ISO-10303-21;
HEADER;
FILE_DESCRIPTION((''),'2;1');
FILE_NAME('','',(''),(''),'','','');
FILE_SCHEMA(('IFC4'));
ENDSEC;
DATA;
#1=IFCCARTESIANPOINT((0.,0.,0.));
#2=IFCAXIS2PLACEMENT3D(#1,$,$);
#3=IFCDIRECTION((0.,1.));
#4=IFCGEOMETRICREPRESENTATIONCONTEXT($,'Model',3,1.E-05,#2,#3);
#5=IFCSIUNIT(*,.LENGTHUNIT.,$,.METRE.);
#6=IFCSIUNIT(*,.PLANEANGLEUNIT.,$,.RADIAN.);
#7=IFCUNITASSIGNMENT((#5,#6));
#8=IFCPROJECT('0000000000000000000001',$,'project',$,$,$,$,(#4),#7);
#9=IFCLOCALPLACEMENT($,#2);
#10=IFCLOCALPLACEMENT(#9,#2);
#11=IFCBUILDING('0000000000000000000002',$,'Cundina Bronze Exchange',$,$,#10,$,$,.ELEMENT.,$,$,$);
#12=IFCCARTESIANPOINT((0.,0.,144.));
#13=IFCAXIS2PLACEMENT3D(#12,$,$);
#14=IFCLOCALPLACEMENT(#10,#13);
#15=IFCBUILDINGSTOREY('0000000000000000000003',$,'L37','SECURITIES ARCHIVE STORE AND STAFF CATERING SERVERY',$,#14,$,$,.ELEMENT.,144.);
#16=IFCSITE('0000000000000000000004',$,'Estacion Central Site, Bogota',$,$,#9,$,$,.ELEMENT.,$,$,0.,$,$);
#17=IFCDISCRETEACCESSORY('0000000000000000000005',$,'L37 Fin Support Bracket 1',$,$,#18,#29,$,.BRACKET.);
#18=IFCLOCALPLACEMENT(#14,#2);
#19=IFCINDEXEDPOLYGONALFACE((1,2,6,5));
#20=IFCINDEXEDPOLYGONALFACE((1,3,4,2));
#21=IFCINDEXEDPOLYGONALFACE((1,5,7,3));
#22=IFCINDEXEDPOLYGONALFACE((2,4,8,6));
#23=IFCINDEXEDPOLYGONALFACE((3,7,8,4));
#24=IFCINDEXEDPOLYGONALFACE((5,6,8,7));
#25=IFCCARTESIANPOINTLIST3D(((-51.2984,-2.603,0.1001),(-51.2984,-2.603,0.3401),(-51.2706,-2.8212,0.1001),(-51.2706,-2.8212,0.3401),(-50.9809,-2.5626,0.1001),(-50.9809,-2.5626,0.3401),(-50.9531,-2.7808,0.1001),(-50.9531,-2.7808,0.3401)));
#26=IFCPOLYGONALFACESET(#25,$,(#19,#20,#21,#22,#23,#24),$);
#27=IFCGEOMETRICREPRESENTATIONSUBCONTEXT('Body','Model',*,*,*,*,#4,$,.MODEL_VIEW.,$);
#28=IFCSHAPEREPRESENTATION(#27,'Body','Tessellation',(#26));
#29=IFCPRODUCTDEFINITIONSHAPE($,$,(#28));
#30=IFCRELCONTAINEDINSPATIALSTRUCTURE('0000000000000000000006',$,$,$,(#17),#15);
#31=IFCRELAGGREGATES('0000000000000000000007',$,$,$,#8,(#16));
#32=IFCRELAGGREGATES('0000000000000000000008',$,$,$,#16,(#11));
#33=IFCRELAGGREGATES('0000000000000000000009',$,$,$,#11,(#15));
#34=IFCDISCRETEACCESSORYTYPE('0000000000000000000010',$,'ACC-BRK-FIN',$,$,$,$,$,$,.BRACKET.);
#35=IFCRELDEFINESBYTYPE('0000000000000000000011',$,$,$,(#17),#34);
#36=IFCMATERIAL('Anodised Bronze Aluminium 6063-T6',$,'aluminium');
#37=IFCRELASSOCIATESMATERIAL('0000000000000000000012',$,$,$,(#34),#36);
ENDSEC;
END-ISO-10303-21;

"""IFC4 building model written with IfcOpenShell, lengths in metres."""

from ifc_helpers import new_model, si_unit, direction, frame, origin, origin_2d, place, context, subcontext, project, spatial, rectangle, extrude, material, type_object, element, save


model = new_model("IFC4")

# Units and contexts
model_context = context("Model", 3, precision=1e-05, world=origin(), true_north=direction((0.0, 1.0)))
body_context = subcontext(model_context, "Body", "Model", "MODEL_VIEW")
ifc_project = project(units=[si_unit("LENGTHUNIT", "METRE"), si_unit("PLANEANGLEUNIT", "RADIAN")], contexts=[model_context])

# Site, building, storey
site_placement = place(None, origin())
site = spatial("IfcSite", under=ifc_project, at=site_placement, Name="Estacion Central Site, Bogota", CompositionType="ELEMENT", RefElevation=0.0)
building_placement = place(site_placement, origin())
building = spatial("IfcBuilding", under=site, at=building_placement, Name="Cundina Bronze Exchange", CompositionType="ELEMENT")
storey_placement = place(building_placement, frame((0.0, 0.0, 144.0)))
storey = spatial("IfcBuildingStorey", under=building, at=storey_placement, Name="L37", Description="SECURITIES ARCHIVE STORE AND STAFF CATERING SERVERY", CompositionType="ELEMENT", Elevation=144.0)

# Shared definitions
ifc_material_1 = material(Name="Anodised Bronze Aluminium 6063-T6", Category="aluminium")

# Discrete accessory
discrete_accessory_type = type_object("IfcDiscreteAccessoryType", Name="ACC-BRK-FIN", PredefinedType="BRACKET", material=ifc_material_1)
discrete_accessory_placement = place(storey_placement, frame((-51.1257, -2.6919, 0.1001), z_axis=(0.0, 0.0, 1.0), x_axis=(0.126476, -0.99197, 0.0)))
element("IfcDiscreteAccessory", 1, at=discrete_accessory_placement, inside=storey, type_object=discrete_accessory_type, Name="L37 Fin Support Bracket 1", PredefinedType="BRACKET", context=body_context, shape_type="SweptSolid", body=[
    extrude(rectangle(XDim=0.22, YDim=0.3201, at=origin_2d()), origin(), (0.0, 0.0, 1.0), 0.24),
])

save(model, "model.ifc")
